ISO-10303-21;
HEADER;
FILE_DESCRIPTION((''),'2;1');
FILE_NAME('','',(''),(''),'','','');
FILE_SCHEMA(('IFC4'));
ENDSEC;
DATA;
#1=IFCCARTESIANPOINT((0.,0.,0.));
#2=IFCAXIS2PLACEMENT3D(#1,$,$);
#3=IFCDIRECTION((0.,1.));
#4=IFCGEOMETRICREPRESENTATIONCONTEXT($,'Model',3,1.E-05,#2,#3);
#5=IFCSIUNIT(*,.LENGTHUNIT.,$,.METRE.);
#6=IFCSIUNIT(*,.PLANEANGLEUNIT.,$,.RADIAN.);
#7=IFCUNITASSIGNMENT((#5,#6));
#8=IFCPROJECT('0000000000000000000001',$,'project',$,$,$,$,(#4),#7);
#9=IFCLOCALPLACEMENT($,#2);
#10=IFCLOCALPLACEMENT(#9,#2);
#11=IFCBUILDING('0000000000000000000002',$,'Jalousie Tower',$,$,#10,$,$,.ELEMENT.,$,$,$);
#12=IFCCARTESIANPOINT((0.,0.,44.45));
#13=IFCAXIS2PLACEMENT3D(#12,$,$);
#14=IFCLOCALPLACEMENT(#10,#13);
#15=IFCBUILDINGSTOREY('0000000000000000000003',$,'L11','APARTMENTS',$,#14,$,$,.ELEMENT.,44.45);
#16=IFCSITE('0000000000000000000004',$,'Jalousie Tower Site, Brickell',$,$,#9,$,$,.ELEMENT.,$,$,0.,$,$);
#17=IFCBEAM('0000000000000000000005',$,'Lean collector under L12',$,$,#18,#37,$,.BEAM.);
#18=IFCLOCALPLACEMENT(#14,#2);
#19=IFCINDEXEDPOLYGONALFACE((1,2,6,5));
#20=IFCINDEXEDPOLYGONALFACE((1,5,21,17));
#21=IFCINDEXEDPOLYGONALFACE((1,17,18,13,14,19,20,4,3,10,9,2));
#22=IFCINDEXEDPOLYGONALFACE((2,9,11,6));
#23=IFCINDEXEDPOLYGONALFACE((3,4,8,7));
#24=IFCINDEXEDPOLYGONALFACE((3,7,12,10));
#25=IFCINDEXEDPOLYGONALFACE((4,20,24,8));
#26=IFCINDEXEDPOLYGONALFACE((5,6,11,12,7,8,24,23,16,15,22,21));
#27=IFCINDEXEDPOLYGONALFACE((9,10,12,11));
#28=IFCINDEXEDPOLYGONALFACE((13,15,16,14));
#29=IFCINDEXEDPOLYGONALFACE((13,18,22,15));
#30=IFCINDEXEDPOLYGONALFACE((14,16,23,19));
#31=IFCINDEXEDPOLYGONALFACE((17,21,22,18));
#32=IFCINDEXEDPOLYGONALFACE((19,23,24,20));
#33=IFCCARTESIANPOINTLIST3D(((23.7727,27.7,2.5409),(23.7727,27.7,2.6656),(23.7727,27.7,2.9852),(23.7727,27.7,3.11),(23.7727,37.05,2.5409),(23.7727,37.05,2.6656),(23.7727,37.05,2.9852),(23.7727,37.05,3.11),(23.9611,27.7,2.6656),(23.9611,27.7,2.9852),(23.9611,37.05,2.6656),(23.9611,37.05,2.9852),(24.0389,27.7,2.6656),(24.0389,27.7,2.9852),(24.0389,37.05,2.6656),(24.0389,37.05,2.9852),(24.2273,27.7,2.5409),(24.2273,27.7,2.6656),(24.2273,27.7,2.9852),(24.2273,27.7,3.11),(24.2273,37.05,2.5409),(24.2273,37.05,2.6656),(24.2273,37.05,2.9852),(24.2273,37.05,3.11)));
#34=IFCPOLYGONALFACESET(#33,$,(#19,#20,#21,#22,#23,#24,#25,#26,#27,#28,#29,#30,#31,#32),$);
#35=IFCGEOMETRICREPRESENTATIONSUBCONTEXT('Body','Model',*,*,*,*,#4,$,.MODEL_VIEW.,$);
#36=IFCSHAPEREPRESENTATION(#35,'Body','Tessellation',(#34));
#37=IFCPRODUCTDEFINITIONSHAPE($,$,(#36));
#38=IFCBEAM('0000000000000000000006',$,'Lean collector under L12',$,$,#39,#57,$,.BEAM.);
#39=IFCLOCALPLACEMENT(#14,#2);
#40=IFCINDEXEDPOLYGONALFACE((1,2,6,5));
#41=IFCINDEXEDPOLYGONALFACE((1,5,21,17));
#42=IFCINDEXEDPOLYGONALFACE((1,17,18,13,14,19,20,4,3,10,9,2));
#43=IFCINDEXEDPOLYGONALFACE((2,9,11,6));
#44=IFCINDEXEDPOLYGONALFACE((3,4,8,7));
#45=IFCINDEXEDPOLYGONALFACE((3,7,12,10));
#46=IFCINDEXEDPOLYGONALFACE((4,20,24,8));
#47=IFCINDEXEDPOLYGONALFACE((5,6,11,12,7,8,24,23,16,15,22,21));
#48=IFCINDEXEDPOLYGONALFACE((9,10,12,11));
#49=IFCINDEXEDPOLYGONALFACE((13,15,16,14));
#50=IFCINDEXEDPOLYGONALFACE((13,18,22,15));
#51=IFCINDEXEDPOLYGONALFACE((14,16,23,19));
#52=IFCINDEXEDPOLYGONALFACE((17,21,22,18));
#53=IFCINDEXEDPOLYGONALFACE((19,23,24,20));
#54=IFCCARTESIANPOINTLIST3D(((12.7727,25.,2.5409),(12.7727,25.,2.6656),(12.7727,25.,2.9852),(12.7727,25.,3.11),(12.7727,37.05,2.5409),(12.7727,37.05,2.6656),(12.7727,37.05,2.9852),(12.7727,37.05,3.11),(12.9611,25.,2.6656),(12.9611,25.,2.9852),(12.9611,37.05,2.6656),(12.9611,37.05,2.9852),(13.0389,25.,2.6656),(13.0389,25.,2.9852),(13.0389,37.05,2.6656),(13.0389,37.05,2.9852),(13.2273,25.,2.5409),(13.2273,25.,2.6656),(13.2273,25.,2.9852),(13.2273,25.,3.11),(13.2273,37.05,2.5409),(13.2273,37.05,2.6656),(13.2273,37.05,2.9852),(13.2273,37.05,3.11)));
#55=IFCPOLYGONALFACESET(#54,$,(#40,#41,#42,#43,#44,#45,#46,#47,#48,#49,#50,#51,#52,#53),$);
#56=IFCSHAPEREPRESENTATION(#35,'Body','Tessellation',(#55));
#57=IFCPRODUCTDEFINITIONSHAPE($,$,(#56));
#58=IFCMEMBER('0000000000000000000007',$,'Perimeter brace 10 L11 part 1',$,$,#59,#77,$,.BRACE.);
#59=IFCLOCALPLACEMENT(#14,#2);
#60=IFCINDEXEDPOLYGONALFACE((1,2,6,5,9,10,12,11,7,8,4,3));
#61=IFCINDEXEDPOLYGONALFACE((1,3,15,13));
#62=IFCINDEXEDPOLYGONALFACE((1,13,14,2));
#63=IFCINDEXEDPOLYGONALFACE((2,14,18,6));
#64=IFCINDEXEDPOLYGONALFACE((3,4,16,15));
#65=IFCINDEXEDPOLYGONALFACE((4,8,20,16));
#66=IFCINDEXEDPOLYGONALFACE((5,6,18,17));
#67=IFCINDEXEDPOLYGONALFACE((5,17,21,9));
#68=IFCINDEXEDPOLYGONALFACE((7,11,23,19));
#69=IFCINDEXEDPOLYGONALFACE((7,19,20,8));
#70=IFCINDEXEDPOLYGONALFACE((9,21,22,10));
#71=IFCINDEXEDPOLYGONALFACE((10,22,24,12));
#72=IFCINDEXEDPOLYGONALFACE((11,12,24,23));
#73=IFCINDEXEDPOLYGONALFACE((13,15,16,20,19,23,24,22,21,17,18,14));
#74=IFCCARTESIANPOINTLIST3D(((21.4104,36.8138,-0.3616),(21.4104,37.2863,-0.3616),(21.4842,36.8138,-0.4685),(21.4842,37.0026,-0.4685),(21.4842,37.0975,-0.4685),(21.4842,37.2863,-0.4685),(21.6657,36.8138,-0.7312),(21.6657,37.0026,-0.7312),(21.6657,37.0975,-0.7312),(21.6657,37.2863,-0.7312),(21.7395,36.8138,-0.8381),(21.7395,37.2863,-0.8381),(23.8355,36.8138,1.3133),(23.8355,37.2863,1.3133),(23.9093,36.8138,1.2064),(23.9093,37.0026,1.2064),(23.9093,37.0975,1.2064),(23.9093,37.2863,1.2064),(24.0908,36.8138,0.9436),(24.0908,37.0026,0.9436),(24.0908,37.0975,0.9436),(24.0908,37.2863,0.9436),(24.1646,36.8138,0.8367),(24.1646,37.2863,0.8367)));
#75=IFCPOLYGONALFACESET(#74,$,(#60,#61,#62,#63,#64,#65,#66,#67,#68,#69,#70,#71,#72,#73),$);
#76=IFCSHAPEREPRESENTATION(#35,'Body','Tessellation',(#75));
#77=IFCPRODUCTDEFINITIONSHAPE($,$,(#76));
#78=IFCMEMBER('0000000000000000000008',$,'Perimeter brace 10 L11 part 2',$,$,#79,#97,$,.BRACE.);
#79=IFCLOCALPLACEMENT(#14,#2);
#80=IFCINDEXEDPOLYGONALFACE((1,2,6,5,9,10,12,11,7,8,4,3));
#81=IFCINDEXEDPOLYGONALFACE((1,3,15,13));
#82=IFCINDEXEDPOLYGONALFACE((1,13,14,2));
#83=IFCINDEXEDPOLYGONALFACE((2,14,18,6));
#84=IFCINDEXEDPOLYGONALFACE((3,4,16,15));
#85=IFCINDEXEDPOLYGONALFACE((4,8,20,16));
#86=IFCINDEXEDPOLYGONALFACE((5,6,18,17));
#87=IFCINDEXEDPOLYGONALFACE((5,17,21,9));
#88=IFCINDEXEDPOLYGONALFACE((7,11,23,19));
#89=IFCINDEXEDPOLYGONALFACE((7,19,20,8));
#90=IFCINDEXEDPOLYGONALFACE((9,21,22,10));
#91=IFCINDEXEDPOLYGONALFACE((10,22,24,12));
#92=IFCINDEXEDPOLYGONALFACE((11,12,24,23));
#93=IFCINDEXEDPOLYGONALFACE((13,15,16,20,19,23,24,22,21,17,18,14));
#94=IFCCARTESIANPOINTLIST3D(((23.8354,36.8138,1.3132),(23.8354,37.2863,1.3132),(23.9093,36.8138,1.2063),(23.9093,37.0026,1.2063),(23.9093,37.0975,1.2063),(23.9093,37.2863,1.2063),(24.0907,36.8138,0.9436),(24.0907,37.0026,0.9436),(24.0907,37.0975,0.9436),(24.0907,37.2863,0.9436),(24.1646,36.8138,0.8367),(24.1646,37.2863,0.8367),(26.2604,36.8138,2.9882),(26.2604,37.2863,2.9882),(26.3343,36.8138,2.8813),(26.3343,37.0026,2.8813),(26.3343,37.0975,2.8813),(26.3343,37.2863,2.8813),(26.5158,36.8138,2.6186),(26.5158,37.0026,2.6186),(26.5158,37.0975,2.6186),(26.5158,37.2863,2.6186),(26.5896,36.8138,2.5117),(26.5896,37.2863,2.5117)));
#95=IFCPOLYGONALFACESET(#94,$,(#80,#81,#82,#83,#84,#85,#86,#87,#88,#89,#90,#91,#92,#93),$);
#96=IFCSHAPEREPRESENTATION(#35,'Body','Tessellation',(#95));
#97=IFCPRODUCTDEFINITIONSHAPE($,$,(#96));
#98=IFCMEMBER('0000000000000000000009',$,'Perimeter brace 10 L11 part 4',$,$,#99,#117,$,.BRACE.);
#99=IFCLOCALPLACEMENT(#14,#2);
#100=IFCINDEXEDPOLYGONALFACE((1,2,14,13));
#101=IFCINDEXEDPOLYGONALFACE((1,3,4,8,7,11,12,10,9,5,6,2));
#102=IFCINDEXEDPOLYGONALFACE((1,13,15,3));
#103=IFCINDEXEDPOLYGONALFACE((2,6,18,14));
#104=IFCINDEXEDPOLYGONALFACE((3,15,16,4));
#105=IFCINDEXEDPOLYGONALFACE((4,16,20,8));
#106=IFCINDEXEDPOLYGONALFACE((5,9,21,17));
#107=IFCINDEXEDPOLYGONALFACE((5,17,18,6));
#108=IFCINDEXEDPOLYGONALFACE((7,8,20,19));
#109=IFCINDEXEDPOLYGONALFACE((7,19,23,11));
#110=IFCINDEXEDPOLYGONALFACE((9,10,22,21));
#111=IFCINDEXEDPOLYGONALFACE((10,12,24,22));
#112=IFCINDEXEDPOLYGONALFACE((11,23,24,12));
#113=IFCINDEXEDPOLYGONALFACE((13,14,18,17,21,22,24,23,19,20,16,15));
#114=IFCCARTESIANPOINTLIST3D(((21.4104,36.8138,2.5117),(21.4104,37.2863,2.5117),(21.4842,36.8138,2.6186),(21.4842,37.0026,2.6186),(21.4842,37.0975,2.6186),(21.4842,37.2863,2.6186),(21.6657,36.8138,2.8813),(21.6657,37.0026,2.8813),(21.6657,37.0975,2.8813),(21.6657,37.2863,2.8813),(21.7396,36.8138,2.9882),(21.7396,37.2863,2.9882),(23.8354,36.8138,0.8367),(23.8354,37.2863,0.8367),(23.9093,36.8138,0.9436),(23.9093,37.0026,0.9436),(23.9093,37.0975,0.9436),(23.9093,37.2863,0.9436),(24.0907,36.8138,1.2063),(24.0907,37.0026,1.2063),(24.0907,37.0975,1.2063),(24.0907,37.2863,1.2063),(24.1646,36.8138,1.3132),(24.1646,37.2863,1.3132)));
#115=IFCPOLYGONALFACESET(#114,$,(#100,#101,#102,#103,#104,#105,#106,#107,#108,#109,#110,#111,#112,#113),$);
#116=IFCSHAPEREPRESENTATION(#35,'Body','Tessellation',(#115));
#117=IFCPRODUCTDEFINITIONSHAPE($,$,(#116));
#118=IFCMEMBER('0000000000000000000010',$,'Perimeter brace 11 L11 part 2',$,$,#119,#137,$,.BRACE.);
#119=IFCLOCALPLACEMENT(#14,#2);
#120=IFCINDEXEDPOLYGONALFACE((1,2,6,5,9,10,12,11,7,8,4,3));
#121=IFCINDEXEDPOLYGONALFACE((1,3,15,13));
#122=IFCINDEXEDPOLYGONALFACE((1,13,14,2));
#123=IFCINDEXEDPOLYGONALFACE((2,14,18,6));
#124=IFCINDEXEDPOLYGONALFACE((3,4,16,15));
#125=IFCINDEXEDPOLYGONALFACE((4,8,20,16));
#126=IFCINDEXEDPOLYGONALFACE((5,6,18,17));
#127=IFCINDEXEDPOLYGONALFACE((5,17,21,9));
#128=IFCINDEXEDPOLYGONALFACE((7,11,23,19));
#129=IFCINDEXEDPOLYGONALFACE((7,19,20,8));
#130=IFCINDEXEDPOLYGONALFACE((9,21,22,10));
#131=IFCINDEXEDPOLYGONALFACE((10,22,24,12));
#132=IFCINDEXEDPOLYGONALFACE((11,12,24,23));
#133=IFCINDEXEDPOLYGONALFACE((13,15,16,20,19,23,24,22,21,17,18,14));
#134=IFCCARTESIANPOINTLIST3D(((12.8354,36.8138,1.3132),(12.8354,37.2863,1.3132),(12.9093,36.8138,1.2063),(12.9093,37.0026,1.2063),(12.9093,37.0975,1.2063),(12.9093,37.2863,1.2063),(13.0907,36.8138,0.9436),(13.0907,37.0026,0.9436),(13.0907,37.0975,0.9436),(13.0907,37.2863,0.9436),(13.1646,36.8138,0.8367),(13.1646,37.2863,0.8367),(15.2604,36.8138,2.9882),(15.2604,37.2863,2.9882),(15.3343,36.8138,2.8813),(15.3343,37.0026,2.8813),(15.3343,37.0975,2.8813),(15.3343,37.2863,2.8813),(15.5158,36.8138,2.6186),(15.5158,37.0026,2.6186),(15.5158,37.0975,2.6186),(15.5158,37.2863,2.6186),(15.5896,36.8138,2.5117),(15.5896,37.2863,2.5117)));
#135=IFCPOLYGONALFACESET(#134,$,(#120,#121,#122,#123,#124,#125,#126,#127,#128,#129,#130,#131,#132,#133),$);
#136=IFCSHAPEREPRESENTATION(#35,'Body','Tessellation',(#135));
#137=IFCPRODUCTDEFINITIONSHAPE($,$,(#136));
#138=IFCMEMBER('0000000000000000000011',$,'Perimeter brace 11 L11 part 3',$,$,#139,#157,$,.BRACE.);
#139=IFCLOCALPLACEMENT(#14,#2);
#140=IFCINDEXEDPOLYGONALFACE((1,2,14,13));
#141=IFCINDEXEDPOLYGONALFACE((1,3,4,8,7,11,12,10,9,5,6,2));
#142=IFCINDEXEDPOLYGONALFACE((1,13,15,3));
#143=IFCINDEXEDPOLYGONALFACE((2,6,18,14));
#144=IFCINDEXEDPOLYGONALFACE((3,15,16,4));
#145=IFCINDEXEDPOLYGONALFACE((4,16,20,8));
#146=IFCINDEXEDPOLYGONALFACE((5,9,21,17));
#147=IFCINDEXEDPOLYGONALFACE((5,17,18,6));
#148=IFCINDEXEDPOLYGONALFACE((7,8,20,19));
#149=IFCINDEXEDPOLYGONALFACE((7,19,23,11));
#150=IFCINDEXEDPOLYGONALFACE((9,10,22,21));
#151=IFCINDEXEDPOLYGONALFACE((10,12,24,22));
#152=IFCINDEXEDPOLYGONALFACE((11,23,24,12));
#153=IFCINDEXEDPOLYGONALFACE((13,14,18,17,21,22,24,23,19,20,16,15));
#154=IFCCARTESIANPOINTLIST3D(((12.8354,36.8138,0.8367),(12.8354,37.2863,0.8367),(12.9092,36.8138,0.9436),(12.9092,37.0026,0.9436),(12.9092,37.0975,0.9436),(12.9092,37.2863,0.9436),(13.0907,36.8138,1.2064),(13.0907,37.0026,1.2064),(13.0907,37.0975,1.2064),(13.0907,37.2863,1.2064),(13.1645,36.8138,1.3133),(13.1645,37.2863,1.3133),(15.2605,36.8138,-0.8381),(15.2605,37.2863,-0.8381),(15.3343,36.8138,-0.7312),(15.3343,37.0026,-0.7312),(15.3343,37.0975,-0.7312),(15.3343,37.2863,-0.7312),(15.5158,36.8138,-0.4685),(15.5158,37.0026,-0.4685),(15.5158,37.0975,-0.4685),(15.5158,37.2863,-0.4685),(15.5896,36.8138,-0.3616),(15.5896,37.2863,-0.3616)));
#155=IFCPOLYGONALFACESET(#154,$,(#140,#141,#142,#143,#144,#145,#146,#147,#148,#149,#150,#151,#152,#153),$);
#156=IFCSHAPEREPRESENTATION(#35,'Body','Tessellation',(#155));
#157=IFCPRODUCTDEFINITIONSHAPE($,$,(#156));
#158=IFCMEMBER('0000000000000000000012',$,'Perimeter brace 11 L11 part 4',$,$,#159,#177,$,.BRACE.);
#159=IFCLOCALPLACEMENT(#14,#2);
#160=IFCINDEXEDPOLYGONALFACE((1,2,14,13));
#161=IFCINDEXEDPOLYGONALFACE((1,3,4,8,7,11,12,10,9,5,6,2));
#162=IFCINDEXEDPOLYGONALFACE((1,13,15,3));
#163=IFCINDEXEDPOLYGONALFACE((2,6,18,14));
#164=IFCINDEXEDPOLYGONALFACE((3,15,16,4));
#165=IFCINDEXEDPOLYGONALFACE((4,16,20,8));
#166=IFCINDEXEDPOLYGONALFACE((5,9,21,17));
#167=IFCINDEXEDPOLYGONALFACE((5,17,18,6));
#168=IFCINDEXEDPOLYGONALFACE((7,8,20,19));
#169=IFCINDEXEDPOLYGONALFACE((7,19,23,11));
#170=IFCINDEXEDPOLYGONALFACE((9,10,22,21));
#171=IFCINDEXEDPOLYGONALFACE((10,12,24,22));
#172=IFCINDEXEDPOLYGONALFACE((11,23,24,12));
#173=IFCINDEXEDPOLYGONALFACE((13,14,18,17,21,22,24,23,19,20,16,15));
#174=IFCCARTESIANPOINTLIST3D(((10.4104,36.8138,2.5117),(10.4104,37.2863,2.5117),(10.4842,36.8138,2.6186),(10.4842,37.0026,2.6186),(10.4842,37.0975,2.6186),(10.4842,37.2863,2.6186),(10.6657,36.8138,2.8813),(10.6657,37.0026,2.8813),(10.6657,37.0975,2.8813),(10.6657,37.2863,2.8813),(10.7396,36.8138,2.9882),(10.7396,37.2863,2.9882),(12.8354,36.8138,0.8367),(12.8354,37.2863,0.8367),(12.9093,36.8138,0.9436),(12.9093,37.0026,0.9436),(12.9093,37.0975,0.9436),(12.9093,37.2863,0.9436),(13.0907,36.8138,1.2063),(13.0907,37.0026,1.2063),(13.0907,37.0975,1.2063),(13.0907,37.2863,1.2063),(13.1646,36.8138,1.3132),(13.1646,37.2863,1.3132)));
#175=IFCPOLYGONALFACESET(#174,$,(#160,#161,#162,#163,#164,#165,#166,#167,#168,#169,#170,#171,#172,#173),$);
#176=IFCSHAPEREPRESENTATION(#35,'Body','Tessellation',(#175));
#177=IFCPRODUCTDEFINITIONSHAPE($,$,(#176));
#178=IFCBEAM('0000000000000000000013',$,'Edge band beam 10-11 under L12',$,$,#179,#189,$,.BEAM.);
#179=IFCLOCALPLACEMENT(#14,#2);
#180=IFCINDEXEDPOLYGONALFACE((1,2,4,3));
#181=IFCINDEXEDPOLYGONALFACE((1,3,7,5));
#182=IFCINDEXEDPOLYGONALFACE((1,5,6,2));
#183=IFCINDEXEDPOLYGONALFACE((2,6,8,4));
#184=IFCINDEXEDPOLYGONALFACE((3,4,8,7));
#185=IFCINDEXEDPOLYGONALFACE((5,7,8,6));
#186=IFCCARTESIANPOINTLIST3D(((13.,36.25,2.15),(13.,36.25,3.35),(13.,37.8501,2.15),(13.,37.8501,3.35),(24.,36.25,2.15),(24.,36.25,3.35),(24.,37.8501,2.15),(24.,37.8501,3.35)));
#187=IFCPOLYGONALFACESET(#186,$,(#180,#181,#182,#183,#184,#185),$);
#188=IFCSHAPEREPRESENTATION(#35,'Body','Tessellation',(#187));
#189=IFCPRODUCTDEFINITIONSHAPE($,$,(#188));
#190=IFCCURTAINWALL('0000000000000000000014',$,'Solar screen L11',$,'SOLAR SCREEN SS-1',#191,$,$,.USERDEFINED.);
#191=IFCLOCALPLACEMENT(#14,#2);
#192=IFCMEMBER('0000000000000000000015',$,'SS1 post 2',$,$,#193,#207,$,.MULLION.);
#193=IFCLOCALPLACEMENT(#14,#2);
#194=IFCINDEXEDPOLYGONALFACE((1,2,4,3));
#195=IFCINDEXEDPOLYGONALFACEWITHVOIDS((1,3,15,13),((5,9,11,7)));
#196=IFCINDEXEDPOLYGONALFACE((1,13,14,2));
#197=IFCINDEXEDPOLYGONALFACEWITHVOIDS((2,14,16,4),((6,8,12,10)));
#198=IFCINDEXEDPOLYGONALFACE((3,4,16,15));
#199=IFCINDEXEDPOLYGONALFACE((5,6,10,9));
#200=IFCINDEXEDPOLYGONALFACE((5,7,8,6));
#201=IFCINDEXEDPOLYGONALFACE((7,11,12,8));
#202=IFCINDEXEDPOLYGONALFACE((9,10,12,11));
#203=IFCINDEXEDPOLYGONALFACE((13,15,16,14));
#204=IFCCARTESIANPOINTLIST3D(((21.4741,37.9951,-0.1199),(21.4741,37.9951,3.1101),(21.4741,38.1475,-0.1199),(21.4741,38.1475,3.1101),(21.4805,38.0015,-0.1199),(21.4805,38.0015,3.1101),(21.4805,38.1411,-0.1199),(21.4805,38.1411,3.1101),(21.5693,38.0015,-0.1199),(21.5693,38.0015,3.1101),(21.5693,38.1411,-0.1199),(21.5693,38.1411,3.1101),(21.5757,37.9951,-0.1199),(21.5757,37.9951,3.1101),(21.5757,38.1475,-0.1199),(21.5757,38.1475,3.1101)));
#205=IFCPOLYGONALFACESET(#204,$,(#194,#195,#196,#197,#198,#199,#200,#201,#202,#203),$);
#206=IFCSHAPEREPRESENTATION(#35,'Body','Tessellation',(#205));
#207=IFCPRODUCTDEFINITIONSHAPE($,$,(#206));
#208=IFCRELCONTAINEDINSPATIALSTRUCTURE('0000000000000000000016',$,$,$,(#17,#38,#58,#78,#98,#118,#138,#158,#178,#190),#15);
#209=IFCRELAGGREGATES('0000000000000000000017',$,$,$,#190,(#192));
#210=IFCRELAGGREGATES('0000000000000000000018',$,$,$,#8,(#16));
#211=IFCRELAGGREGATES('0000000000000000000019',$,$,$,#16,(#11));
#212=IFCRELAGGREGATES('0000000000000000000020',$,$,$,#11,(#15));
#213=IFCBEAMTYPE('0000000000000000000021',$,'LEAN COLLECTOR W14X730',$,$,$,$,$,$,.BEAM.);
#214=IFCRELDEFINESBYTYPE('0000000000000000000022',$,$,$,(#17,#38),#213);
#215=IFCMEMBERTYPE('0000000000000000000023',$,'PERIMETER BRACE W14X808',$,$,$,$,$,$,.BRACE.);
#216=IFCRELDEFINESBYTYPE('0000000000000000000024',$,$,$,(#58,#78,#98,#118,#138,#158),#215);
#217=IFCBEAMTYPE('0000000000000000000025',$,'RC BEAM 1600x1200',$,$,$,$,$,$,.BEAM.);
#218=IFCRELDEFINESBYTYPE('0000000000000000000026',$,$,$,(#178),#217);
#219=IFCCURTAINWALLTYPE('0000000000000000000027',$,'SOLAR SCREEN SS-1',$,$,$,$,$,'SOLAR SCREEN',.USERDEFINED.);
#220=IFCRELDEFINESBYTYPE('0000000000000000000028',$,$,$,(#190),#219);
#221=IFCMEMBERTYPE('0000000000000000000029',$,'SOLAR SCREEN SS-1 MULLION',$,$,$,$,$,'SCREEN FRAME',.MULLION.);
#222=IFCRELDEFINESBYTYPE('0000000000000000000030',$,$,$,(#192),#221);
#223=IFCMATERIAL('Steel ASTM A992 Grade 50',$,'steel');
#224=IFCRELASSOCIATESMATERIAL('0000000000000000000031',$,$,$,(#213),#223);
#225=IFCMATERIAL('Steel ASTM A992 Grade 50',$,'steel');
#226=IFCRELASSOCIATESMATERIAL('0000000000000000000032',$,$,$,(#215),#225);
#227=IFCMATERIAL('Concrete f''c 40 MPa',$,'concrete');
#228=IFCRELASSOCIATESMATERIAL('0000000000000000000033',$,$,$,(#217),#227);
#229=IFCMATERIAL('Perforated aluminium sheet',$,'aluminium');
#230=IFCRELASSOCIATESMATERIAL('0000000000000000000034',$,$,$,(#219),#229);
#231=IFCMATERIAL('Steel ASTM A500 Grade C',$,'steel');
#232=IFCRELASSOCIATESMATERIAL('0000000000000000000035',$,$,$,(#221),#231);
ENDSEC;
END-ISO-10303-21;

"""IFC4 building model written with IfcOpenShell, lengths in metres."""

from ifc_helpers import new_model, si_unit, direction, frame, origin, origin_2d, place, context, subcontext, project, spatial, rectangle, hollow_rectangle, i_section, extrude, material, material_profile, profile_set, type_object, element, aggregate, save


model = new_model("IFC4")

# Units and contexts
model_context = context("Model", 3, precision=1e-05, world=origin(), true_north=direction((0.0, 1.0)))
body_context = subcontext(model_context, "Body", "Model", "MODEL_VIEW")
ifc_project = project(units=[si_unit("LENGTHUNIT", "METRE"), si_unit("PLANEANGLEUNIT", "RADIAN")], contexts=[model_context])

# Site, building, storey
site_placement = place(None, origin())
site = spatial("IfcSite", under=ifc_project, at=site_placement, Name="Jalousie Tower Site, Brickell", CompositionType="ELEMENT", RefElevation=0.0)
building_placement = place(site_placement, origin())
building = spatial("IfcBuilding", under=site, at=building_placement, Name="Jalousie Tower", CompositionType="ELEMENT")
storey_placement = place(building_placement, frame((0.0, 0.0, 44.45)))
storey = spatial("IfcBuildingStorey", under=building, at=storey_placement, Name="L11", Description="APARTMENTS", CompositionType="ELEMENT", Elevation=44.45)

# Beams
ifc_material_1 = material(Name="Steel ASTM A992 Grade 50", Category="steel")
ifc_material_profile_1 = material_profile(ifc_material_1, i_section(OverallWidth=0.4546, OverallDepth=0.5691, WebThickness=0.0779, FlangeThickness=0.1248, at=origin_2d()), Name="W14X730")
ifc_profile_set_1 = profile_set([ifc_material_profile_1], Name="Steel ASTM A992 Grade 50")
beam_type_1 = type_object("IfcBeamType", Name="LEAN COLLECTOR W14X730", PredefinedType="BEAM", material=ifc_profile_set_1)
beam_1_placement = place(storey_placement, frame((24.0, 37.05, 2.8254), z_axis=(0.0, -1.0, 0.0), x_axis=(1.0, 0.0, 0.0)))
element("IfcBeam", 1, at=beam_1_placement, inside=storey, type_object=beam_type_1, Name="Lean collector under L12", PredefinedType="BEAM", context=body_context, shape_type="SweptSolid", body=[
    extrude(i_section(OverallWidth=0.4546, OverallDepth=0.5691, WebThickness=0.0779, FlangeThickness=0.1248, at=origin_2d()), origin(), (0.0, 0.0, 1.0), 9.3501),
])
beam_2_placement = place(storey_placement, frame((13.0, 37.05, 2.8254), z_axis=(0.0, -1.0, 0.0), x_axis=(1.0, 0.0, 0.0)))
element("IfcBeam", 2, at=beam_2_placement, inside=storey, type_object=beam_type_1, Name="Lean collector under L12", PredefinedType="BEAM", context=body_context, shape_type="SweptSolid", body=[
    extrude(i_section(OverallWidth=0.4546, OverallDepth=0.5691, WebThickness=0.0779, FlangeThickness=0.1248, at=origin_2d()), origin(), (0.0, 0.0, 1.0), 12.05),
])

# Members
ifc_material_2 = material(Name="Steel ASTM A992 Grade 50", Category="steel")
ifc_material_profile_2 = material_profile(ifc_material_2, i_section(OverallWidth=0.4724, OverallDepth=0.5791, WebThickness=0.095, FlangeThickness=0.1299, at=origin_2d()), Name="W14X808")
ifc_profile_set_2 = profile_set([ifc_material_profile_2], Name="Steel ASTM A992 Grade 50")
member_type_1 = type_object("IfcMemberType", Name="PERIMETER BRACE W14X808", PredefinedType="BRACE", material=ifc_profile_set_2)
for number, where, z_axis, x_axis, name in (
    (3, (21.575, 37.05, -0.5999), (0.822839, 0.0, 0.568275), (0.0, 1.0, 0.0), "Perimeter brace 10 L11 part 1"),
    (4, (24.0, 37.05, 1.075), (0.8228, 0.0, 0.568331), (0.0, 1.0, 0.0), "Perimeter brace 10 L11 part 2"),
    (5, (24.0, 37.05, 1.075), (-0.8228, 0.0, 0.568331), (0.0, -1.0, 0.0), "Perimeter brace 10 L11 part 4"),
    (6, (13.0, 37.05, 1.075), (0.8228, 0.0, 0.568331), (0.0, 1.0, 0.0), "Perimeter brace 11 L11 part 2"),
    (7, (15.425, 37.05, -0.5999), (-0.822839, 0.0, 0.568275), (0.0, -1.0, 0.0), "Perimeter brace 11 L11 part 3"),
    (8, (13.0, 37.05, 1.075), (-0.8228, 0.0, 0.568331), (0.0, -1.0, 0.0), "Perimeter brace 11 L11 part 4"),
):
    element("IfcMember", number, at=place(storey_placement, frame(where, z_axis=z_axis, x_axis=x_axis)), inside=storey, type_object=member_type_1, Name=name, PredefinedType="BRACE", context=body_context, shape_type="SweptSolid", body=[
        extrude(i_section(OverallWidth=0.4724, OverallDepth=0.5791, WebThickness=0.095, FlangeThickness=0.1299, at=origin_2d()), origin(), (0.0, 0.0, 1.0), 2.9473),
    ])

# Beam
ifc_material_3 = material(Name="Concrete f'c 40 MPa", Category="concrete")
ifc_material_profile_3 = material_profile(ifc_material_3, rectangle(XDim=1.6001, YDim=1.2, at=origin_2d()), Name="RC 1600x1200")
ifc_profile_set_3 = profile_set([ifc_material_profile_3], Name="Concrete f'c 40 MPa")
beam_type_2 = type_object("IfcBeamType", Name="RC BEAM 1600x1200", PredefinedType="BEAM", material=ifc_profile_set_3)
beam_3_placement = place(storey_placement, frame((24.0, 37.05, 2.75), z_axis=(-1.0, 0.0, 0.0), x_axis=(0.0, -1.0, 0.0)))
element("IfcBeam", 9, at=beam_3_placement, inside=storey, type_object=beam_type_2, Name="Edge band beam 10-11 under L12", PredefinedType="BEAM", context=body_context, shape_type="SweptSolid", body=[
    extrude(rectangle(XDim=1.6001, YDim=1.2, at=origin_2d()), origin(), (0.0, 0.0, 1.0), 11.0),
])

# Curtain wall, member
ifc_material_4 = material(Name="Perforated aluminium sheet", Category="aluminium")
curtain_wall_type = type_object("IfcCurtainWallType", Name="SOLAR SCREEN SS-1", ElementType="SOLAR SCREEN", PredefinedType="USERDEFINED", material=ifc_material_4)
curtain_wall_1_placement = place(storey_placement, origin())
curtain_wall_1 = element("IfcCurtainWall", 10, at=curtain_wall_1_placement, inside=storey, type_object=curtain_wall_type, Name="Solar screen L11", ObjectType="SOLAR SCREEN SS-1", PredefinedType="USERDEFINED")
ifc_material_5 = material(Name="Steel ASTM A500 Grade C", Category="steel")
ifc_material_profile_4 = material_profile(ifc_material_5, hollow_rectangle(XDim=0.1016, YDim=0.1523, WallThickness=0.0063, at=origin_2d()), Name="HSS6X4X1/4")
ifc_profile_set_4 = profile_set([ifc_material_profile_4], Name="Steel ASTM A500 Grade C")
member_type_2 = type_object("IfcMemberType", Name="SOLAR SCREEN SS-1 MULLION", ElementType="SCREEN FRAME", PredefinedType="MULLION", material=ifc_profile_set_4)
member_1_placement = place(storey_placement, frame((21.5249, 38.0713, -0.1199), z_axis=(0.0, 0.0, 1.0), x_axis=(-1.0, 0.0, 0.0)))
member_1 = element("IfcMember", 11, at=member_1_placement, type_object=member_type_2, Name="SS1 post 2", PredefinedType="MULLION", context=body_context, shape_type="SweptSolid", body=[
    extrude(hollow_rectangle(XDim=0.1016, YDim=0.1523, WallThickness=0.0063, at=origin_2d()), origin(), (0.0, 0.0, 1.0), 3.23),
])

aggregate(curtain_wall_1, [member_1])

save(model, "model.ifc")
